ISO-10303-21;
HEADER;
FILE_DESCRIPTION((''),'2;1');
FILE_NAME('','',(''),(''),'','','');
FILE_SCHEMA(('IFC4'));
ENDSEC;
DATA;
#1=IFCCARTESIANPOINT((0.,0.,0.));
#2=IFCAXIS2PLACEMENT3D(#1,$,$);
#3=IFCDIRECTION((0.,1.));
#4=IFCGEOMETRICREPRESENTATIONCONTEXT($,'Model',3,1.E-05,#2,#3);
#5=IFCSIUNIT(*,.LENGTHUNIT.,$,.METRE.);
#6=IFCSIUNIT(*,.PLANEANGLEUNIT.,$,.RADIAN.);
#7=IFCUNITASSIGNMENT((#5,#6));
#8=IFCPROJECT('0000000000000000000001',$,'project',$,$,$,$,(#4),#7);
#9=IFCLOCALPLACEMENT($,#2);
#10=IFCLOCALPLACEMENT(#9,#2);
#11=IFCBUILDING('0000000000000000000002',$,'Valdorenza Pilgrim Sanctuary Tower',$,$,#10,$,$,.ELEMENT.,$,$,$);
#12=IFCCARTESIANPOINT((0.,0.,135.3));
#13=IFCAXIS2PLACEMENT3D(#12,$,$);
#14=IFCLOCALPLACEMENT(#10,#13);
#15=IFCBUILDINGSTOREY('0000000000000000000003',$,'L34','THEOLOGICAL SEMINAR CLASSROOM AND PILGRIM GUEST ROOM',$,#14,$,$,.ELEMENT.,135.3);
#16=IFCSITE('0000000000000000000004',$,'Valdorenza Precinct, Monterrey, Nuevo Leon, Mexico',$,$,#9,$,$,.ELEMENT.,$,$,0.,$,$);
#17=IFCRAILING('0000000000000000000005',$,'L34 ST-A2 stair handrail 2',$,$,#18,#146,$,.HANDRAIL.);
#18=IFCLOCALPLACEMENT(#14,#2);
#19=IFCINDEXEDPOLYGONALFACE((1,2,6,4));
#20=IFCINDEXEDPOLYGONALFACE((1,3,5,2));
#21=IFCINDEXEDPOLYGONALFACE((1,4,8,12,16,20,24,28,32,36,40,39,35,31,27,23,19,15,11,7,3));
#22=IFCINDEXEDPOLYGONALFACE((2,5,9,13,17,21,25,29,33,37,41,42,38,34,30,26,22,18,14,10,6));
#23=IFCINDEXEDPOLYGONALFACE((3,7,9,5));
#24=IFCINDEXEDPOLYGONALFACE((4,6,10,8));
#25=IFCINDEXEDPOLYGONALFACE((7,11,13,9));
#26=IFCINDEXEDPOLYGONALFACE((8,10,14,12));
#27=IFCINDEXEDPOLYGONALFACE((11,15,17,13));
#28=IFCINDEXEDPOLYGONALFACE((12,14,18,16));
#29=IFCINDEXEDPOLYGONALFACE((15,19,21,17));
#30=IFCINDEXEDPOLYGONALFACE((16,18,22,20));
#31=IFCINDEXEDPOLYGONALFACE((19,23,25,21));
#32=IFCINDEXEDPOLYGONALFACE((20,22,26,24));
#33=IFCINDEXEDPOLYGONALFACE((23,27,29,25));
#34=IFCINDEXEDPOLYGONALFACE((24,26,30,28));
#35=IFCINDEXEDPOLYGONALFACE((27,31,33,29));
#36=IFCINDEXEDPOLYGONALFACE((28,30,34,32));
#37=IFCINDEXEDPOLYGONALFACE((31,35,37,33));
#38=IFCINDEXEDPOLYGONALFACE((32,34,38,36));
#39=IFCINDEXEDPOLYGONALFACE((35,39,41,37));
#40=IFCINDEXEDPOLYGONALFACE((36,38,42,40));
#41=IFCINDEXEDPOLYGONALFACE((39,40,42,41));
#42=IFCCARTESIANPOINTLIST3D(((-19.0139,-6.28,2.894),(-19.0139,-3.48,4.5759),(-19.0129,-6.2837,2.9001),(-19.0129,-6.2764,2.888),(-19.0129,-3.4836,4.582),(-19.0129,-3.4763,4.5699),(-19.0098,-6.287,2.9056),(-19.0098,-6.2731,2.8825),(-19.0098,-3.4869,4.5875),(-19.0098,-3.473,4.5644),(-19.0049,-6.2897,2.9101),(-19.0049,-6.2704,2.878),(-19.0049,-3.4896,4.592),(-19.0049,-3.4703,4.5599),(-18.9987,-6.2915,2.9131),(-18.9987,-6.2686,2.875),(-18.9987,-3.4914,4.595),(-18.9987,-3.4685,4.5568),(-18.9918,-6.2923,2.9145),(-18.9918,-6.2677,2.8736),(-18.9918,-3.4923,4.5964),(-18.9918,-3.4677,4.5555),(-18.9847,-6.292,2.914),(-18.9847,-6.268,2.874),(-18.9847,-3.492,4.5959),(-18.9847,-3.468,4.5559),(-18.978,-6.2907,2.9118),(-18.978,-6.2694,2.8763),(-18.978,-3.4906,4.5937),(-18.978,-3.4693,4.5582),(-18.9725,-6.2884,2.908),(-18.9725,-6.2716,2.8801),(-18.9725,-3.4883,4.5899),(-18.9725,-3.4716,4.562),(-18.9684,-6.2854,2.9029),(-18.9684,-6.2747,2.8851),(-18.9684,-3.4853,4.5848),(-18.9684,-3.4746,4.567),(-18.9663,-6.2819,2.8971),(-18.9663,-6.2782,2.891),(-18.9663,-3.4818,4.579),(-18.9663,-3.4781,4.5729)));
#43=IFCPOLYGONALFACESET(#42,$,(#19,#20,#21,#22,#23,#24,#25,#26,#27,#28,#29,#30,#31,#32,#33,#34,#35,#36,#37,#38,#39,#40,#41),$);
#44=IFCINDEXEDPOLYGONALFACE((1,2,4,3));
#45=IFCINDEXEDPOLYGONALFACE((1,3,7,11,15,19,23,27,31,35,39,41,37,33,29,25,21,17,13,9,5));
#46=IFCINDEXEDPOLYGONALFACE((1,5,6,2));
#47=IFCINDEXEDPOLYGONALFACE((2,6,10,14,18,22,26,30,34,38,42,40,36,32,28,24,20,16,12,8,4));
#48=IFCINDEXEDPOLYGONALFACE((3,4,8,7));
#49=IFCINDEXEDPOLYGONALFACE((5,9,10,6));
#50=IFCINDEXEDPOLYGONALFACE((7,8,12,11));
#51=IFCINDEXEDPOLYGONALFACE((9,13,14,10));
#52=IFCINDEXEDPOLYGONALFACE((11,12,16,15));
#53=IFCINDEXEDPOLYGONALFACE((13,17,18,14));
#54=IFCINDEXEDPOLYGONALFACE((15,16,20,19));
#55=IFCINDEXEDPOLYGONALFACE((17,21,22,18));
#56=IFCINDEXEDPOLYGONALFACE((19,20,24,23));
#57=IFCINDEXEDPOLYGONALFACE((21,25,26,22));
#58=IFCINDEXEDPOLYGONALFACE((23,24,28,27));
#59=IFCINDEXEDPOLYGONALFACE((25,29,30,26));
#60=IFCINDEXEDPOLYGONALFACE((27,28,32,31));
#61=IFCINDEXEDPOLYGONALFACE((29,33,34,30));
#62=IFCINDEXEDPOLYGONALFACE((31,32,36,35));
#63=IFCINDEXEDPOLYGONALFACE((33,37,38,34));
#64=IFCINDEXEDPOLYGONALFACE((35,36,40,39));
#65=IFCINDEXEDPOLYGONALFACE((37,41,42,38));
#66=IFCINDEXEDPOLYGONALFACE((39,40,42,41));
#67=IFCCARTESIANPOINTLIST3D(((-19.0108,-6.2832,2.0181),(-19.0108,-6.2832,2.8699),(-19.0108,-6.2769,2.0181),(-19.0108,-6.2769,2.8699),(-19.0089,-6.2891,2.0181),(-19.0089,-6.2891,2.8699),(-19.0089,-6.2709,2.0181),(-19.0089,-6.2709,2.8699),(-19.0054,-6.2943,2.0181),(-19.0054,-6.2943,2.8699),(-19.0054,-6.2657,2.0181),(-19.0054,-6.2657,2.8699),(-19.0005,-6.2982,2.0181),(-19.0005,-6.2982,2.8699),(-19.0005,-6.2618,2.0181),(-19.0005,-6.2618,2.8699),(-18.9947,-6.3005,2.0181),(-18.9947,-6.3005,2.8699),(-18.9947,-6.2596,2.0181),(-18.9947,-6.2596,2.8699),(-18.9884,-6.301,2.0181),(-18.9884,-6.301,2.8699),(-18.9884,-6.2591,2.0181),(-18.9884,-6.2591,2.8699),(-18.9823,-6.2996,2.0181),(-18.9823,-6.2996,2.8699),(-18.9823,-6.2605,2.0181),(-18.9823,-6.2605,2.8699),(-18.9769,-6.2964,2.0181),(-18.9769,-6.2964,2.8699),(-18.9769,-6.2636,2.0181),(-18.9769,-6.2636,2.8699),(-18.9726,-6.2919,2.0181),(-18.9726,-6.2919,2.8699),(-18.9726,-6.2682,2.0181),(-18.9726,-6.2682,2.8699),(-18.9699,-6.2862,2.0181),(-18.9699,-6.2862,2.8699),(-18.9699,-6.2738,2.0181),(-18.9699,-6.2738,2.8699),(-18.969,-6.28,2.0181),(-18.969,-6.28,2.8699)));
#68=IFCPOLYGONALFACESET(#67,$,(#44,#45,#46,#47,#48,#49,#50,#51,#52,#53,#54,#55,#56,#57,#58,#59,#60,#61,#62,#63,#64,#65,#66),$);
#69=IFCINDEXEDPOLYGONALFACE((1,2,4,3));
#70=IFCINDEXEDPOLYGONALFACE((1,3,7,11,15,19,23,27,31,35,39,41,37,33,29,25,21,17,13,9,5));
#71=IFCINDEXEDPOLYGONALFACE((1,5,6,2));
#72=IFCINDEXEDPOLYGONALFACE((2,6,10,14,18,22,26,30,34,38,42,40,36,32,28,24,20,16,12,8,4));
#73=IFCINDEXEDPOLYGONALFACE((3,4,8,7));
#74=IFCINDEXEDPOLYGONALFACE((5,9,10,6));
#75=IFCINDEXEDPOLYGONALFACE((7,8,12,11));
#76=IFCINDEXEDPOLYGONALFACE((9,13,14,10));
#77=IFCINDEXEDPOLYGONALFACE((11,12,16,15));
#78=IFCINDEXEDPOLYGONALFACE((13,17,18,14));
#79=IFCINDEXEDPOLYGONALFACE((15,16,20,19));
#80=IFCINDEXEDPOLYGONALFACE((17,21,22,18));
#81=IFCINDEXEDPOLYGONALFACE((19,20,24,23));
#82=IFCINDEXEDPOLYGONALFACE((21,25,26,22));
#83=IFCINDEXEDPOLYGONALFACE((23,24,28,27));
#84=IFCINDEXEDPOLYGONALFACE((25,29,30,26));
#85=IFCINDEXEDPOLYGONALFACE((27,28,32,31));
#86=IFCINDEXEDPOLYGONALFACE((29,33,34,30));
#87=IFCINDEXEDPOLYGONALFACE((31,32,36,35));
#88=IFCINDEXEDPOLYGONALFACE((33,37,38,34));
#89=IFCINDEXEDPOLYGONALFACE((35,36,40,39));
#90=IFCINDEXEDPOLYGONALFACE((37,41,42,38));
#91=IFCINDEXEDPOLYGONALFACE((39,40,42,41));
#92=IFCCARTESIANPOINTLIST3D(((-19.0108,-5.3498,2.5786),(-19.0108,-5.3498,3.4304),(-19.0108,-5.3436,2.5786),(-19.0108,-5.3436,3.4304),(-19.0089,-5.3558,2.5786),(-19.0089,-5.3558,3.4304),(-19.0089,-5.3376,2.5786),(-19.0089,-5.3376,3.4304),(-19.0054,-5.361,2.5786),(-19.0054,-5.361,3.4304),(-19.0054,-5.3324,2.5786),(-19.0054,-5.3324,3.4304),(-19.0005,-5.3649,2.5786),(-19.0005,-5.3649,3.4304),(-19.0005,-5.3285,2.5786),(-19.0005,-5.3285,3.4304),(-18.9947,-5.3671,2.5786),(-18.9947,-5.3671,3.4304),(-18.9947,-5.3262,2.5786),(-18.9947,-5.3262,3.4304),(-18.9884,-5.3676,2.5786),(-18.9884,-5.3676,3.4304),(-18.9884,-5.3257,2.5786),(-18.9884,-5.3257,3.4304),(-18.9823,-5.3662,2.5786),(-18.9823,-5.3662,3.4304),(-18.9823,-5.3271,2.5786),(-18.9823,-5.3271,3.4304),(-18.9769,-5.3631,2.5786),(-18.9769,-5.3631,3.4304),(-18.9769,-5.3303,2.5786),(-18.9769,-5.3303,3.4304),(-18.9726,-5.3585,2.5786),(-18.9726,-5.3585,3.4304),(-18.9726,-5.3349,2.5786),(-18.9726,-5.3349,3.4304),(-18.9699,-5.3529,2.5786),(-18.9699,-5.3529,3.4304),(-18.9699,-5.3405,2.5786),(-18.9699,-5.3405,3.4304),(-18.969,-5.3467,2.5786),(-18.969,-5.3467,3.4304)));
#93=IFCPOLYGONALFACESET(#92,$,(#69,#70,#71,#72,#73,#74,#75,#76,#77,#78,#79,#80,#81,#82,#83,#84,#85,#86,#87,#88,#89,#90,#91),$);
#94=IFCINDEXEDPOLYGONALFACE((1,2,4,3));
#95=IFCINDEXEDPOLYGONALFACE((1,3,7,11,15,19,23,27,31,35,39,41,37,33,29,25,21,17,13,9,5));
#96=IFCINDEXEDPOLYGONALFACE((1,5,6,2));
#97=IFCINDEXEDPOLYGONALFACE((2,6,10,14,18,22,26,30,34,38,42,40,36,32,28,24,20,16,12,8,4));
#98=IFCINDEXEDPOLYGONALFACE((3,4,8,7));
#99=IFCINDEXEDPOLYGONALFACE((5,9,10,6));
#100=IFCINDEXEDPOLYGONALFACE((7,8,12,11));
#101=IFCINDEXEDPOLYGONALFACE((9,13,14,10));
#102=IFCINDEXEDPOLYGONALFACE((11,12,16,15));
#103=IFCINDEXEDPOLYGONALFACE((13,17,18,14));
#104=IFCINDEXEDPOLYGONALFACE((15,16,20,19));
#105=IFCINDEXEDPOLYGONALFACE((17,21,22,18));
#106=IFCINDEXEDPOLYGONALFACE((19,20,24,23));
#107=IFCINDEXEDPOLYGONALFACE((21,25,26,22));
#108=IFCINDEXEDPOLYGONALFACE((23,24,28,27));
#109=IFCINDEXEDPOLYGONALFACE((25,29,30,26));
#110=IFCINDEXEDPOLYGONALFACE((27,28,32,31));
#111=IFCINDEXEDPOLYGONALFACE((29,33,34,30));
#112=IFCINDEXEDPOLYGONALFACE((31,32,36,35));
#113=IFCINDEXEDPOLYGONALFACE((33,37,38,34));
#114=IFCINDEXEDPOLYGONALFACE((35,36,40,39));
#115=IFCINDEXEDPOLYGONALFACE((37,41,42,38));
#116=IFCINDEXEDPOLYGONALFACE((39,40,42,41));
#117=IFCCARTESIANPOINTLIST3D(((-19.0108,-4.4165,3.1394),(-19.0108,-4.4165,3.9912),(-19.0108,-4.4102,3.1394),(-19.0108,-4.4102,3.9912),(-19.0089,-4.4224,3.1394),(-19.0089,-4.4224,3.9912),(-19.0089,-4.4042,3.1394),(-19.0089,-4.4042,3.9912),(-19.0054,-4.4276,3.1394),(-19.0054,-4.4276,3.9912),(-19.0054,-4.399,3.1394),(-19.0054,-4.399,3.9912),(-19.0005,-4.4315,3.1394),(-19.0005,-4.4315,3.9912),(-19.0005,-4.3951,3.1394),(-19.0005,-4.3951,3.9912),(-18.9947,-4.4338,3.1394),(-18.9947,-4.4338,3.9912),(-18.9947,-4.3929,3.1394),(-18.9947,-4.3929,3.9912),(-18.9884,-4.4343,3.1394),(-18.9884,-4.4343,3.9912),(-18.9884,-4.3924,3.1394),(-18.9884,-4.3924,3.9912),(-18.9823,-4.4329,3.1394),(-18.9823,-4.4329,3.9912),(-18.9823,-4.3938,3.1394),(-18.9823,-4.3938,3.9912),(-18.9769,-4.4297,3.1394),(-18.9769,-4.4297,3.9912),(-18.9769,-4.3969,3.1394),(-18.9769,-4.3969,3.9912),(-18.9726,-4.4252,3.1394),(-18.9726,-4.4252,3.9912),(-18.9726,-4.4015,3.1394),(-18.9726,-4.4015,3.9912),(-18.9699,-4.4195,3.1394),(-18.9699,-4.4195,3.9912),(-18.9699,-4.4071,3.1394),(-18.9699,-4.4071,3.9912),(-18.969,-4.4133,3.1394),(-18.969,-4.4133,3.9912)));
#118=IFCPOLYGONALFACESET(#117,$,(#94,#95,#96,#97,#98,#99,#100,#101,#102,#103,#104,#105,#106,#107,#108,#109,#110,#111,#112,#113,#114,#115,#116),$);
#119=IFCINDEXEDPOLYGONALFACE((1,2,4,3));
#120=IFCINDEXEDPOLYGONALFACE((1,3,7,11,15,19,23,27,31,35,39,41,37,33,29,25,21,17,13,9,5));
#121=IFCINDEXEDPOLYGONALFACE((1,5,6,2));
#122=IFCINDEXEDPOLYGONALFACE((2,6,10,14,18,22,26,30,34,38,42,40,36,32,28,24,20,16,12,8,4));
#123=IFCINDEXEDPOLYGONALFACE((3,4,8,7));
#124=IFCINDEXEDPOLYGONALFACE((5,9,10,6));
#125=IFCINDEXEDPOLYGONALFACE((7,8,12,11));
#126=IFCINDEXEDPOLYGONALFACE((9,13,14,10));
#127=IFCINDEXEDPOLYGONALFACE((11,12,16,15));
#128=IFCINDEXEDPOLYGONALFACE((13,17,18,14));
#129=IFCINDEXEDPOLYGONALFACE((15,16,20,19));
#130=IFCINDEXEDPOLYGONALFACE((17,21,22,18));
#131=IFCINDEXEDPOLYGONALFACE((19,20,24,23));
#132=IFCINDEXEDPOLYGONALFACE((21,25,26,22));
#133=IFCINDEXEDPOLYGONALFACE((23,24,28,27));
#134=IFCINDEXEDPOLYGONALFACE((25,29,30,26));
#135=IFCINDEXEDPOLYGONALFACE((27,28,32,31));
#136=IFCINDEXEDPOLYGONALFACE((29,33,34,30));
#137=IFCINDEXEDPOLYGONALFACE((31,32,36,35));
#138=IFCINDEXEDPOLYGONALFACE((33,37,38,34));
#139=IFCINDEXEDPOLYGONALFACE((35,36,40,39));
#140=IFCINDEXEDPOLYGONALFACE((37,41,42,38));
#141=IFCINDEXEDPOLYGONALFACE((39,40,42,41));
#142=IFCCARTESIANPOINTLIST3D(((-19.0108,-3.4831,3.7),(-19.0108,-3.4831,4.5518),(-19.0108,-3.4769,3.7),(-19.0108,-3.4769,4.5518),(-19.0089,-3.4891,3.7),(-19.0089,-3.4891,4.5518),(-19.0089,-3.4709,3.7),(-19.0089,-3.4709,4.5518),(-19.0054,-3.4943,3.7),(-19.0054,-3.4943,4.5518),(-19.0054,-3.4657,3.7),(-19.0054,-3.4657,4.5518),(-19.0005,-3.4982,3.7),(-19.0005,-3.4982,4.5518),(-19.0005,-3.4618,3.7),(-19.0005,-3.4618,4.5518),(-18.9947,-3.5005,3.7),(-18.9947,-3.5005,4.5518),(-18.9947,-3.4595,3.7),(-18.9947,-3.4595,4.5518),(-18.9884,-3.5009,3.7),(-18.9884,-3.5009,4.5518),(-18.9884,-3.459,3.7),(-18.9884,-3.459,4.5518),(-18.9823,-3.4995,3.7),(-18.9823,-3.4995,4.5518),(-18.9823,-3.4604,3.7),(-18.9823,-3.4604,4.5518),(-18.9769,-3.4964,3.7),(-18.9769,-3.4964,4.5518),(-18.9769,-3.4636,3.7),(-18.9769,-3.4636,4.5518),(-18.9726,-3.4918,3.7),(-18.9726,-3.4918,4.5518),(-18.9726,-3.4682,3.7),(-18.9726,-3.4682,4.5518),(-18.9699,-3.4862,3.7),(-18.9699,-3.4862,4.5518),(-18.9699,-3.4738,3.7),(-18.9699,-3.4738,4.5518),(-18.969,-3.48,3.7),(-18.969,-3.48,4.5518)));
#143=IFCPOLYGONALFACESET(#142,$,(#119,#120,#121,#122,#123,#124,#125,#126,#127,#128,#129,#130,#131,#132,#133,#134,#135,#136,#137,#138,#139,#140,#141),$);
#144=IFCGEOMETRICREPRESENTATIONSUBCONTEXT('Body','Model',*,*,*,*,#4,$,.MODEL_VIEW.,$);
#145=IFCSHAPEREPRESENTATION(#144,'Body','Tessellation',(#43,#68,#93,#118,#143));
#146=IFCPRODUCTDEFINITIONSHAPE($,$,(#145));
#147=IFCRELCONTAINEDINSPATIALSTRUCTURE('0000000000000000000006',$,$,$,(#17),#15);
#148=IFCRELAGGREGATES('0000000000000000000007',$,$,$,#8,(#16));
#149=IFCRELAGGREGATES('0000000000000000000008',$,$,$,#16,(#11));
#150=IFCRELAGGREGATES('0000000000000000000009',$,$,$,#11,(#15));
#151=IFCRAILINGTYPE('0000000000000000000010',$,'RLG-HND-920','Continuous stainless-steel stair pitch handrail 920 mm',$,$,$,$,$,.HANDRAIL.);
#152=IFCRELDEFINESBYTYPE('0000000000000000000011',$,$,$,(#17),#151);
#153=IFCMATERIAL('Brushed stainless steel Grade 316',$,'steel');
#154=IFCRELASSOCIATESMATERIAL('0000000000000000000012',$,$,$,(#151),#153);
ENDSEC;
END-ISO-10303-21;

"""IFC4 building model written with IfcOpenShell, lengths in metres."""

from ifc_helpers import new_model, si_unit, direction, frame, origin, origin_2d, place, context, subcontext, project, spatial, circle, extrude, material, type_object, element, save


model = new_model("IFC4")

# Units and contexts
model_context = context("Model", 3, precision=1e-05, world=origin(), true_north=direction((0.0, 1.0)))
body_context = subcontext(model_context, "Body", "Model", "MODEL_VIEW")
ifc_project = project(units=[si_unit("LENGTHUNIT", "METRE"), si_unit("PLANEANGLEUNIT", "RADIAN")], contexts=[model_context])

# Site, building, storey
site_placement = place(None, origin())
site = spatial("IfcSite", under=ifc_project, at=site_placement, Name="Valdorenza Precinct, Monterrey, Nuevo Leon, Mexico", CompositionType="ELEMENT", RefElevation=0.0)
building_placement = place(site_placement, origin())
building = spatial("IfcBuilding", under=site, at=building_placement, Name="Valdorenza Pilgrim Sanctuary Tower", CompositionType="ELEMENT")
storey_placement = place(building_placement, frame((0.0, 0.0, 135.3)))
storey = spatial("IfcBuildingStorey", under=building, at=storey_placement, Name="L34", Description="THEOLOGICAL SEMINAR CLASSROOM AND PILGRIM GUEST ROOM", CompositionType="ELEMENT", Elevation=135.3)

# Shared definitions
ifc_material_1 = material(Name="Brushed stainless steel Grade 316", Category="steel")

# Railing
railing_type_1 = type_object("IfcRailingType", Name="RLG-HND-920", Description="Continuous stainless-steel stair pitch handrail 920 mm", PredefinedType="HANDRAIL", material=ifc_material_1)
railing_1_placement = place(storey_placement, frame((-18.99, -6.28, 2.0181)))
element("IfcRailing", 1, at=railing_1_placement, inside=storey, type_object=railing_type_1, Name="L34 ST-A2 stair handrail 2", PredefinedType="HANDRAIL", context=body_context, shape_type="SweptSolid", body=[
    extrude(circle(Radius=0.0239, at=origin_2d()), frame((0.0, 0.0, 0.876), z_axis=(0.0, 0.857242, 0.514913), x_axis=(-1.0, 0.0, 0.0)), (0.0, 0.0, 1.0), 3.2664),
    extrude(circle(Radius=0.021, at=origin_2d()), origin(), (0.0, 0.0, 1.0), 0.8518),
    extrude(circle(Radius=0.021, at=origin_2d()), frame((0.0, 0.9333, 0.5605)), (0.0, 0.0, 1.0), 0.8518),
    extrude(circle(Radius=0.021, at=origin_2d()), frame((0.0, 1.8667, 1.1213)), (0.0, 0.0, 1.0), 0.8518),
    extrude(circle(Radius=0.021, at=origin_2d()), frame((0.0, 2.8, 1.6819)), (0.0, 0.0, 1.0), 0.8518),
])

save(model, "model.ifc")
